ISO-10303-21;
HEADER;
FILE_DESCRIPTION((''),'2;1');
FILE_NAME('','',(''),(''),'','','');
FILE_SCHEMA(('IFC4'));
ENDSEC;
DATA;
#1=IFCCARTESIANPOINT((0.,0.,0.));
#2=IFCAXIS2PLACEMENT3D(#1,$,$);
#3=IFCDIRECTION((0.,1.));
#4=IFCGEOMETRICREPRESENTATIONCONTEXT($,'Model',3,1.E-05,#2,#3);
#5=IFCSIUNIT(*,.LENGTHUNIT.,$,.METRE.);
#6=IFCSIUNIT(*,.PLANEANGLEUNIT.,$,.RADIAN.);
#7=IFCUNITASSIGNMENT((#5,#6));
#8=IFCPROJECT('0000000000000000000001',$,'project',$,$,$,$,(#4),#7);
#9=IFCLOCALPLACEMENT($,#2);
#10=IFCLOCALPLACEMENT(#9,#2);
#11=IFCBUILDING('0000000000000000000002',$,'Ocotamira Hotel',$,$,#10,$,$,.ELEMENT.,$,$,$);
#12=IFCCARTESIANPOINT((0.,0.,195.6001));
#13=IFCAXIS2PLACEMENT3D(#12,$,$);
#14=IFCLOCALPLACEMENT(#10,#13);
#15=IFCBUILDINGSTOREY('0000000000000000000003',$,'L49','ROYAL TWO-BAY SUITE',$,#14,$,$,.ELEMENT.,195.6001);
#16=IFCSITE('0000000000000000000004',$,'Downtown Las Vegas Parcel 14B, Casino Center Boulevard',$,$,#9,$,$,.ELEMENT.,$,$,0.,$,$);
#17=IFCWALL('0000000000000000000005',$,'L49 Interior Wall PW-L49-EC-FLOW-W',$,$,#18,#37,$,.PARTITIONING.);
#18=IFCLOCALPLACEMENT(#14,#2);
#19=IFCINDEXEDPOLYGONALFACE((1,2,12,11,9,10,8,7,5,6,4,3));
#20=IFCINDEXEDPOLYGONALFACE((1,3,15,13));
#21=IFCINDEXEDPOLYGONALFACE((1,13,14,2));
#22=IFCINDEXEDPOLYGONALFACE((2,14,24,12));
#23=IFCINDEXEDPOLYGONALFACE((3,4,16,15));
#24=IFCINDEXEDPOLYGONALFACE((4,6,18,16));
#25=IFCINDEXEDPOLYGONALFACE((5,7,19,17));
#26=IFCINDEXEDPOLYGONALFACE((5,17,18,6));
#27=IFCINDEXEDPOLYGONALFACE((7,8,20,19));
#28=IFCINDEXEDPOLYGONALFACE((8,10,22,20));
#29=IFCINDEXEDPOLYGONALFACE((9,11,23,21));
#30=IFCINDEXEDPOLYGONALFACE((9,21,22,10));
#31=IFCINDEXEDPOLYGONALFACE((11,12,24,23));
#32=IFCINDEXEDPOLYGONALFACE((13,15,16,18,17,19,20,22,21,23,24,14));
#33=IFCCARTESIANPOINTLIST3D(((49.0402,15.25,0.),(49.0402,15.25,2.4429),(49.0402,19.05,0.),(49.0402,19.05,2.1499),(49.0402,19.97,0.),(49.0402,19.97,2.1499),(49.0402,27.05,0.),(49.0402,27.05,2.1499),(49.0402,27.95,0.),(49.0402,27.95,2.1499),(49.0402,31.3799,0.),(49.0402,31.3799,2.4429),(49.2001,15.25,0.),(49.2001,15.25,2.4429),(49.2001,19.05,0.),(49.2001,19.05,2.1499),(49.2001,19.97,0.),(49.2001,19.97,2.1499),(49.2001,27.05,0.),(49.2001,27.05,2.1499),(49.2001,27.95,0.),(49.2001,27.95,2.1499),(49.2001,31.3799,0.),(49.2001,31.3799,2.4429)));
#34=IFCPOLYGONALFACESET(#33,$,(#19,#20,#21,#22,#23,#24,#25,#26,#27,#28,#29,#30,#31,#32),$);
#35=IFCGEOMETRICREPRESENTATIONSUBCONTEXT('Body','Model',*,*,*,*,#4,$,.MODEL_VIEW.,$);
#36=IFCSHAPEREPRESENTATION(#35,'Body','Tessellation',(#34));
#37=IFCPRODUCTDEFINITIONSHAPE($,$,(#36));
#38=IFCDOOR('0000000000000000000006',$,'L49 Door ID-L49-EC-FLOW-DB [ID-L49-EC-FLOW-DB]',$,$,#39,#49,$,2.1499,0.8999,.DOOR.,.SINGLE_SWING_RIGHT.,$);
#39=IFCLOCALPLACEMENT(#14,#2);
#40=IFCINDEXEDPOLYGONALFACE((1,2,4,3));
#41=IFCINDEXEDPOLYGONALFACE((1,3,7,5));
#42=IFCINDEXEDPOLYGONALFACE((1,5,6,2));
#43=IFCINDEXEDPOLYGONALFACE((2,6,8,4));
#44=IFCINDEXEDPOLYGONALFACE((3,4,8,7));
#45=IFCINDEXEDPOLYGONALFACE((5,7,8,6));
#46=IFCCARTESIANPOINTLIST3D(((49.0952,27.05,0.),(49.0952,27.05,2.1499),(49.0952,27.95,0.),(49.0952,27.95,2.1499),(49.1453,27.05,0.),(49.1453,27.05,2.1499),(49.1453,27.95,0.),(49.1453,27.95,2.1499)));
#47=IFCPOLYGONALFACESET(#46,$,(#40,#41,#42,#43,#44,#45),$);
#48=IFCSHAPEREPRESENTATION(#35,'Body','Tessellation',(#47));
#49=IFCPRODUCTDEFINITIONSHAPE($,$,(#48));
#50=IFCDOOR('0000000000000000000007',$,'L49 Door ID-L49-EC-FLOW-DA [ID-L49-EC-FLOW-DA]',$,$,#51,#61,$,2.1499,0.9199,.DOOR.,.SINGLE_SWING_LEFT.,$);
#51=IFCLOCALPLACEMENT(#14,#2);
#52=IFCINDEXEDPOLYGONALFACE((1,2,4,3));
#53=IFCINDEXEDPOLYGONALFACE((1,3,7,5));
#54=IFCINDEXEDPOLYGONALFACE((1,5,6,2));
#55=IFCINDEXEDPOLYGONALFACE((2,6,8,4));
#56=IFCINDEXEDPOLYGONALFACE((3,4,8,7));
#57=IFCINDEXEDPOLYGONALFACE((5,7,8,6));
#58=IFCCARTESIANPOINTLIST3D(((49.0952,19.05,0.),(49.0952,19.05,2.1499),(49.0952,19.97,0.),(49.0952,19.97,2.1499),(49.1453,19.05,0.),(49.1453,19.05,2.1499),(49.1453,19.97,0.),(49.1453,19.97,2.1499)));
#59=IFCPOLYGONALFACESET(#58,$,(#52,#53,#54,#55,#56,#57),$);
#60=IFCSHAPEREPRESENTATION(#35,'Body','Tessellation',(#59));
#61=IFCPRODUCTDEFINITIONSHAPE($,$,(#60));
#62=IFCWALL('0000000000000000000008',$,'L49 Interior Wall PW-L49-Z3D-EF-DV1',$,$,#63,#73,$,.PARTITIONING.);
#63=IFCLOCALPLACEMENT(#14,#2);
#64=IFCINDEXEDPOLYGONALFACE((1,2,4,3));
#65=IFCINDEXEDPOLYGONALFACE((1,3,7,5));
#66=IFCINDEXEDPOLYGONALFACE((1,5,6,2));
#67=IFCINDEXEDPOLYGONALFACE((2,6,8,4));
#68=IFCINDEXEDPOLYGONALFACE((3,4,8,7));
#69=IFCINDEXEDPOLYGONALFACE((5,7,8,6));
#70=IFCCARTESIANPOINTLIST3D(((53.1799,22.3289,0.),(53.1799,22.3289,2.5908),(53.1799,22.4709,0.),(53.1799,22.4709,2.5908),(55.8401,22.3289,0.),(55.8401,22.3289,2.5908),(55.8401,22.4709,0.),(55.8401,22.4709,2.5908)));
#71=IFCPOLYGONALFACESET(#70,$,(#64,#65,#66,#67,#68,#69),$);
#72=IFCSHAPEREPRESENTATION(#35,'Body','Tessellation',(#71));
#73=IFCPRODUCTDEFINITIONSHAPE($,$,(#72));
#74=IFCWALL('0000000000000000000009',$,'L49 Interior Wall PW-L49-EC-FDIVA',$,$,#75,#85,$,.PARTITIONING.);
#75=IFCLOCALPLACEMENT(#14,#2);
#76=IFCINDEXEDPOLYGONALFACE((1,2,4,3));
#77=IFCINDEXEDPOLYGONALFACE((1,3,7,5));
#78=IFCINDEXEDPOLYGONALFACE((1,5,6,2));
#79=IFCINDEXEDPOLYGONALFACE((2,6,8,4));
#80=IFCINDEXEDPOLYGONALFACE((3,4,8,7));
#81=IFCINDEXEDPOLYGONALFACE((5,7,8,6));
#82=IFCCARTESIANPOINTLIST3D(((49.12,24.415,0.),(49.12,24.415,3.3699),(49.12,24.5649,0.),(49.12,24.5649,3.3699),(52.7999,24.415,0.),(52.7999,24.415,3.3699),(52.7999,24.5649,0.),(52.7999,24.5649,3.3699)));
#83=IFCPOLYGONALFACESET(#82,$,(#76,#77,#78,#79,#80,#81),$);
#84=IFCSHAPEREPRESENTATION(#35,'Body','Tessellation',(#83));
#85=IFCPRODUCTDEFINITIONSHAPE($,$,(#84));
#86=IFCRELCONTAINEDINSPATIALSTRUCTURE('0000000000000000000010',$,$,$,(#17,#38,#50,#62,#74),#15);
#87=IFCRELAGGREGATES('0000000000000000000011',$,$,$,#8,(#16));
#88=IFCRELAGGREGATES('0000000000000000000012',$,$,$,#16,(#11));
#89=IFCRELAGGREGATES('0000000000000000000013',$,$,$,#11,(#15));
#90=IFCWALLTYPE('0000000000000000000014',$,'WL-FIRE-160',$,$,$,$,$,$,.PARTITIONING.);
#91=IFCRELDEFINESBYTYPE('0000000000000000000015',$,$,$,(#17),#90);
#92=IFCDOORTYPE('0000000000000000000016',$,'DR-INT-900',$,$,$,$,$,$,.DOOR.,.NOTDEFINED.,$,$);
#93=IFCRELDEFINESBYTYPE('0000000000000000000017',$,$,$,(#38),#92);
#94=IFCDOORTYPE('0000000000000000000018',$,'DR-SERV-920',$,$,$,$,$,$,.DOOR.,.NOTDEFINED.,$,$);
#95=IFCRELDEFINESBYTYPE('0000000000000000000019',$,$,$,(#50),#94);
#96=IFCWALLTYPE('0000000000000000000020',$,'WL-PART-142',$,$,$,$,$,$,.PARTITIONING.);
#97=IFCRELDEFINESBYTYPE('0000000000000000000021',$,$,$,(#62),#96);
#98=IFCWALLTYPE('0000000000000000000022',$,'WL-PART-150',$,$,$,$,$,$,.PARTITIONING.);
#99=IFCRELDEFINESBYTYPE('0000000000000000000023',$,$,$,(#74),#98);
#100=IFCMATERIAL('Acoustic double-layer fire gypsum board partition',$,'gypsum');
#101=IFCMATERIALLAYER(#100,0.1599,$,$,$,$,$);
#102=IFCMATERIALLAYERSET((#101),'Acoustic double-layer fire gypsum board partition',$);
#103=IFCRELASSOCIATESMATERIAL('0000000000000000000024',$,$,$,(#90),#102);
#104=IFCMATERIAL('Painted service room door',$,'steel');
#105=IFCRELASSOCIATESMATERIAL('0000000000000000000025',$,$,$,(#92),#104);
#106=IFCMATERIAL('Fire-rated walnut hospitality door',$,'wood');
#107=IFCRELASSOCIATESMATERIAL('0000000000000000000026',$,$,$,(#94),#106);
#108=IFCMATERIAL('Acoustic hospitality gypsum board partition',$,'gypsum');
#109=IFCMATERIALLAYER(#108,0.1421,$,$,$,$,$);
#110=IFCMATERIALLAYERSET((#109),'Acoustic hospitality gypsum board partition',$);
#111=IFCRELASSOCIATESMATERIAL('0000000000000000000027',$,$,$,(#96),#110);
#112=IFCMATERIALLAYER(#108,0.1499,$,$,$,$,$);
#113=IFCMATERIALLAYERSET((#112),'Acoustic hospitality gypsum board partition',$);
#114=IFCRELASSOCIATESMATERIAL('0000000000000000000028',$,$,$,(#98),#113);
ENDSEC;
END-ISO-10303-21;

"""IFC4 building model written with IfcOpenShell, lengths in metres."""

from ifc_helpers import new_model, si_unit, direction, frame, frame_2d, origin, place, context, subcontext, project, spatial, rectangle, extrude, source, transform, mapped, material, layer, layer_set, type_object, element, fill, save


model = new_model("IFC4")

# Units and contexts
model_context = context("Model", 3, precision=1e-05, world=origin(), true_north=direction((0.0, 1.0)))
body_context = subcontext(model_context, "Body", "Model", "MODEL_VIEW")
ifc_project = project(units=[si_unit("LENGTHUNIT", "METRE"), si_unit("PLANEANGLEUNIT", "RADIAN")], contexts=[model_context])

# Site, building, storey
site_placement = place(None, origin())
site = spatial("IfcSite", under=ifc_project, at=site_placement, Name="Downtown Las Vegas Parcel 14B, Casino Center Boulevard", CompositionType="ELEMENT", RefElevation=0.0)
building_placement = place(site_placement, origin())
building = spatial("IfcBuilding", under=site, at=building_placement, Name="Ocotamira Hotel", CompositionType="ELEMENT")
storey_placement = place(building_placement, frame((0.0, 0.0, 195.6001)))
storey = spatial("IfcBuildingStorey", under=building, at=storey_placement, Name="L49", Description="ROYAL TWO-BAY SUITE", CompositionType="ELEMENT", Elevation=195.6001)

# Wall, openings, doors
ifc_material_1 = material(Name="Acoustic double-layer fire gypsum board partition", Category="gypsum")
ifc_layer_1 = layer(ifc_material_1, 0.1599)
ifc_layer_set_1 = layer_set([ifc_layer_1], Name="Acoustic double-layer fire gypsum board partition")
wall_type_1 = type_object("IfcWallType", Name="WL-FIRE-160", PredefinedType="PARTITIONING", material=ifc_layer_set_1)
wall_1_placement = place(storey_placement, frame((49.1201, 15.25, 0.0), z_axis=(0.0, 0.0, 1.0), x_axis=(0.0, 1.0, 0.0)))
wall_1 = element("IfcWall", 1, at=wall_1_placement, inside=storey, type_object=wall_type_1, Name="L49 Interior Wall PW-L49-EC-FLOW-W", PredefinedType="PARTITIONING", context=body_context, shape_type="SweptSolid", body=[
    extrude(rectangle(XDim=16.1299, YDim=0.1599, at=frame_2d((8.0649, 0.0))), origin(), (0.0, 0.0, 1.0), 2.4429),
])
opening_1_placement = place(wall_1_placement, frame((3.8, 0.0, 0.0)))
opening_1 = element("IfcOpeningElement", 2, at=opening_1_placement, cuts=wall_1, PredefinedType="OPENING", context=body_context, shape_type="SweptSolid", body=[
    extrude(rectangle(XDim=0.9199, YDim=2.1499, at=frame_2d((0.46, 1.075))), frame((0.0, 0.0898, 0.0), z_axis=(0.0, -1.0, 0.0), x_axis=(1.0, 0.0, 0.0)), (0.0, 0.0, 1.0), 0.1799),
])
opening_2_placement = place(wall_1_placement, frame((11.8, 0.0, 0.0)))
opening_2 = element("IfcOpeningElement", 3, at=opening_2_placement, cuts=wall_1, PredefinedType="OPENING", context=body_context, shape_type="SweptSolid", body=[
    extrude(rectangle(XDim=0.8999, YDim=2.1499, at=frame_2d((0.45, 1.075))), frame((0.0, 0.0898, 0.0), z_axis=(0.0, -1.0, 0.0), x_axis=(1.0, 0.0, 0.0)), (0.0, 0.0, 1.0), 0.1799),
])
ifc_material_2 = material(Name="Painted service room door", Category="steel")
door_type_1 = type_object("IfcDoorType", Name="DR-INT-900", OperationType="NOTDEFINED", PredefinedType="DOOR", material=ifc_material_2)
shared_shape_1 = source(origin(), body_context, "Body", "SweptSolid", [
    extrude(rectangle(XDim=0.8999, YDim=2.1499, at=frame_2d((0.45, 1.075))), frame((0.0, 0.0249, 0.0), z_axis=(0.0, -1.0, 0.0), x_axis=(1.0, 0.0, 0.0)), (0.0, 0.0, 1.0), 0.05),
])
door_1_placement = place(opening_2_placement, origin())
door_1 = element("IfcDoor", 4, at=door_1_placement, inside=storey, type_object=door_type_1, Name="L49 Door ID-L49-EC-FLOW-DB [ID-L49-EC-FLOW-DB]", OperationType="SINGLE_SWING_RIGHT", OverallHeight=2.1499, OverallWidth=0.8999, PredefinedType="DOOR", context=body_context, shape_type="MappedRepresentation", body=[
    mapped(shared_shape_1, transform((0.0, 0.0, 0.0), scale=1.0)),
])
fill(opening_2, door_1)
ifc_material_3 = material(Name="Fire-rated walnut hospitality door", Category="wood")
door_type_2 = type_object("IfcDoorType", Name="DR-SERV-920", OperationType="NOTDEFINED", PredefinedType="DOOR", material=ifc_material_3)
shared_shape_2 = source(origin(), body_context, "Body", "SweptSolid", [
    extrude(rectangle(XDim=0.9199, YDim=2.1499, at=frame_2d((0.46, 1.075))), frame((0.0, 0.0249, 0.0), z_axis=(0.0, -1.0, 0.0), x_axis=(1.0, 0.0, 0.0)), (0.0, 0.0, 1.0), 0.05),
])
door_2_placement = place(opening_1_placement, origin())
door_2 = element("IfcDoor", 5, at=door_2_placement, inside=storey, type_object=door_type_2, Name="L49 Door ID-L49-EC-FLOW-DA [ID-L49-EC-FLOW-DA]", OperationType="SINGLE_SWING_LEFT", OverallHeight=2.1499, OverallWidth=0.9199, PredefinedType="DOOR", context=body_context, shape_type="MappedRepresentation", body=[
    mapped(shared_shape_2, transform((0.0, 0.0, 0.0), scale=1.0)),
])
fill(opening_1, door_2)

# Walls
ifc_material_4 = material(Name="Acoustic hospitality gypsum board partition", Category="gypsum")
ifc_layer_2 = layer(ifc_material_4, 0.1421)
ifc_layer_set_2 = layer_set([ifc_layer_2], Name="Acoustic hospitality gypsum board partition")
wall_type_2 = type_object("IfcWallType", Name="WL-PART-142", PredefinedType="PARTITIONING", material=ifc_layer_set_2)
wall_2_placement = place(storey_placement, frame((53.1799, 22.3999, 0.0), z_axis=(0.0, 0.0, 1.0), x_axis=(1.0, 0.0, 0.0)))
element("IfcWall", 6, at=wall_2_placement, inside=storey, type_object=wall_type_2, Name="L49 Interior Wall PW-L49-Z3D-EF-DV1", PredefinedType="PARTITIONING", context=body_context, shape_type="SweptSolid", body=[
    extrude(rectangle(XDim=2.6602, YDim=0.1421, at=frame_2d((1.3301, 0.0))), origin(), (0.0, 0.0, 1.0), 2.5908),
])
ifc_layer_3 = layer(ifc_material_4, 0.1499)
ifc_layer_set_3 = layer_set([ifc_layer_3], Name="Acoustic hospitality gypsum board partition")
wall_type_3 = type_object("IfcWallType", Name="WL-PART-150", PredefinedType="PARTITIONING", material=ifc_layer_set_3)
wall_3_placement = place(storey_placement, frame((49.1201, 24.49, 0.0), z_axis=(0.0, 0.0, 1.0), x_axis=(1.0, 0.0, 0.0)))
element("IfcWall", 7, at=wall_3_placement, inside=storey, type_object=wall_type_3, Name="L49 Interior Wall PW-L49-EC-FDIVA", PredefinedType="PARTITIONING", context=body_context, shape_type="SweptSolid", body=[
    extrude(rectangle(XDim=3.6799, YDim=0.1499, at=frame_2d((1.8398, 0.0))), origin(), (0.0, 0.0, 1.0), 3.3699),
])

save(model, "model.ifc")
